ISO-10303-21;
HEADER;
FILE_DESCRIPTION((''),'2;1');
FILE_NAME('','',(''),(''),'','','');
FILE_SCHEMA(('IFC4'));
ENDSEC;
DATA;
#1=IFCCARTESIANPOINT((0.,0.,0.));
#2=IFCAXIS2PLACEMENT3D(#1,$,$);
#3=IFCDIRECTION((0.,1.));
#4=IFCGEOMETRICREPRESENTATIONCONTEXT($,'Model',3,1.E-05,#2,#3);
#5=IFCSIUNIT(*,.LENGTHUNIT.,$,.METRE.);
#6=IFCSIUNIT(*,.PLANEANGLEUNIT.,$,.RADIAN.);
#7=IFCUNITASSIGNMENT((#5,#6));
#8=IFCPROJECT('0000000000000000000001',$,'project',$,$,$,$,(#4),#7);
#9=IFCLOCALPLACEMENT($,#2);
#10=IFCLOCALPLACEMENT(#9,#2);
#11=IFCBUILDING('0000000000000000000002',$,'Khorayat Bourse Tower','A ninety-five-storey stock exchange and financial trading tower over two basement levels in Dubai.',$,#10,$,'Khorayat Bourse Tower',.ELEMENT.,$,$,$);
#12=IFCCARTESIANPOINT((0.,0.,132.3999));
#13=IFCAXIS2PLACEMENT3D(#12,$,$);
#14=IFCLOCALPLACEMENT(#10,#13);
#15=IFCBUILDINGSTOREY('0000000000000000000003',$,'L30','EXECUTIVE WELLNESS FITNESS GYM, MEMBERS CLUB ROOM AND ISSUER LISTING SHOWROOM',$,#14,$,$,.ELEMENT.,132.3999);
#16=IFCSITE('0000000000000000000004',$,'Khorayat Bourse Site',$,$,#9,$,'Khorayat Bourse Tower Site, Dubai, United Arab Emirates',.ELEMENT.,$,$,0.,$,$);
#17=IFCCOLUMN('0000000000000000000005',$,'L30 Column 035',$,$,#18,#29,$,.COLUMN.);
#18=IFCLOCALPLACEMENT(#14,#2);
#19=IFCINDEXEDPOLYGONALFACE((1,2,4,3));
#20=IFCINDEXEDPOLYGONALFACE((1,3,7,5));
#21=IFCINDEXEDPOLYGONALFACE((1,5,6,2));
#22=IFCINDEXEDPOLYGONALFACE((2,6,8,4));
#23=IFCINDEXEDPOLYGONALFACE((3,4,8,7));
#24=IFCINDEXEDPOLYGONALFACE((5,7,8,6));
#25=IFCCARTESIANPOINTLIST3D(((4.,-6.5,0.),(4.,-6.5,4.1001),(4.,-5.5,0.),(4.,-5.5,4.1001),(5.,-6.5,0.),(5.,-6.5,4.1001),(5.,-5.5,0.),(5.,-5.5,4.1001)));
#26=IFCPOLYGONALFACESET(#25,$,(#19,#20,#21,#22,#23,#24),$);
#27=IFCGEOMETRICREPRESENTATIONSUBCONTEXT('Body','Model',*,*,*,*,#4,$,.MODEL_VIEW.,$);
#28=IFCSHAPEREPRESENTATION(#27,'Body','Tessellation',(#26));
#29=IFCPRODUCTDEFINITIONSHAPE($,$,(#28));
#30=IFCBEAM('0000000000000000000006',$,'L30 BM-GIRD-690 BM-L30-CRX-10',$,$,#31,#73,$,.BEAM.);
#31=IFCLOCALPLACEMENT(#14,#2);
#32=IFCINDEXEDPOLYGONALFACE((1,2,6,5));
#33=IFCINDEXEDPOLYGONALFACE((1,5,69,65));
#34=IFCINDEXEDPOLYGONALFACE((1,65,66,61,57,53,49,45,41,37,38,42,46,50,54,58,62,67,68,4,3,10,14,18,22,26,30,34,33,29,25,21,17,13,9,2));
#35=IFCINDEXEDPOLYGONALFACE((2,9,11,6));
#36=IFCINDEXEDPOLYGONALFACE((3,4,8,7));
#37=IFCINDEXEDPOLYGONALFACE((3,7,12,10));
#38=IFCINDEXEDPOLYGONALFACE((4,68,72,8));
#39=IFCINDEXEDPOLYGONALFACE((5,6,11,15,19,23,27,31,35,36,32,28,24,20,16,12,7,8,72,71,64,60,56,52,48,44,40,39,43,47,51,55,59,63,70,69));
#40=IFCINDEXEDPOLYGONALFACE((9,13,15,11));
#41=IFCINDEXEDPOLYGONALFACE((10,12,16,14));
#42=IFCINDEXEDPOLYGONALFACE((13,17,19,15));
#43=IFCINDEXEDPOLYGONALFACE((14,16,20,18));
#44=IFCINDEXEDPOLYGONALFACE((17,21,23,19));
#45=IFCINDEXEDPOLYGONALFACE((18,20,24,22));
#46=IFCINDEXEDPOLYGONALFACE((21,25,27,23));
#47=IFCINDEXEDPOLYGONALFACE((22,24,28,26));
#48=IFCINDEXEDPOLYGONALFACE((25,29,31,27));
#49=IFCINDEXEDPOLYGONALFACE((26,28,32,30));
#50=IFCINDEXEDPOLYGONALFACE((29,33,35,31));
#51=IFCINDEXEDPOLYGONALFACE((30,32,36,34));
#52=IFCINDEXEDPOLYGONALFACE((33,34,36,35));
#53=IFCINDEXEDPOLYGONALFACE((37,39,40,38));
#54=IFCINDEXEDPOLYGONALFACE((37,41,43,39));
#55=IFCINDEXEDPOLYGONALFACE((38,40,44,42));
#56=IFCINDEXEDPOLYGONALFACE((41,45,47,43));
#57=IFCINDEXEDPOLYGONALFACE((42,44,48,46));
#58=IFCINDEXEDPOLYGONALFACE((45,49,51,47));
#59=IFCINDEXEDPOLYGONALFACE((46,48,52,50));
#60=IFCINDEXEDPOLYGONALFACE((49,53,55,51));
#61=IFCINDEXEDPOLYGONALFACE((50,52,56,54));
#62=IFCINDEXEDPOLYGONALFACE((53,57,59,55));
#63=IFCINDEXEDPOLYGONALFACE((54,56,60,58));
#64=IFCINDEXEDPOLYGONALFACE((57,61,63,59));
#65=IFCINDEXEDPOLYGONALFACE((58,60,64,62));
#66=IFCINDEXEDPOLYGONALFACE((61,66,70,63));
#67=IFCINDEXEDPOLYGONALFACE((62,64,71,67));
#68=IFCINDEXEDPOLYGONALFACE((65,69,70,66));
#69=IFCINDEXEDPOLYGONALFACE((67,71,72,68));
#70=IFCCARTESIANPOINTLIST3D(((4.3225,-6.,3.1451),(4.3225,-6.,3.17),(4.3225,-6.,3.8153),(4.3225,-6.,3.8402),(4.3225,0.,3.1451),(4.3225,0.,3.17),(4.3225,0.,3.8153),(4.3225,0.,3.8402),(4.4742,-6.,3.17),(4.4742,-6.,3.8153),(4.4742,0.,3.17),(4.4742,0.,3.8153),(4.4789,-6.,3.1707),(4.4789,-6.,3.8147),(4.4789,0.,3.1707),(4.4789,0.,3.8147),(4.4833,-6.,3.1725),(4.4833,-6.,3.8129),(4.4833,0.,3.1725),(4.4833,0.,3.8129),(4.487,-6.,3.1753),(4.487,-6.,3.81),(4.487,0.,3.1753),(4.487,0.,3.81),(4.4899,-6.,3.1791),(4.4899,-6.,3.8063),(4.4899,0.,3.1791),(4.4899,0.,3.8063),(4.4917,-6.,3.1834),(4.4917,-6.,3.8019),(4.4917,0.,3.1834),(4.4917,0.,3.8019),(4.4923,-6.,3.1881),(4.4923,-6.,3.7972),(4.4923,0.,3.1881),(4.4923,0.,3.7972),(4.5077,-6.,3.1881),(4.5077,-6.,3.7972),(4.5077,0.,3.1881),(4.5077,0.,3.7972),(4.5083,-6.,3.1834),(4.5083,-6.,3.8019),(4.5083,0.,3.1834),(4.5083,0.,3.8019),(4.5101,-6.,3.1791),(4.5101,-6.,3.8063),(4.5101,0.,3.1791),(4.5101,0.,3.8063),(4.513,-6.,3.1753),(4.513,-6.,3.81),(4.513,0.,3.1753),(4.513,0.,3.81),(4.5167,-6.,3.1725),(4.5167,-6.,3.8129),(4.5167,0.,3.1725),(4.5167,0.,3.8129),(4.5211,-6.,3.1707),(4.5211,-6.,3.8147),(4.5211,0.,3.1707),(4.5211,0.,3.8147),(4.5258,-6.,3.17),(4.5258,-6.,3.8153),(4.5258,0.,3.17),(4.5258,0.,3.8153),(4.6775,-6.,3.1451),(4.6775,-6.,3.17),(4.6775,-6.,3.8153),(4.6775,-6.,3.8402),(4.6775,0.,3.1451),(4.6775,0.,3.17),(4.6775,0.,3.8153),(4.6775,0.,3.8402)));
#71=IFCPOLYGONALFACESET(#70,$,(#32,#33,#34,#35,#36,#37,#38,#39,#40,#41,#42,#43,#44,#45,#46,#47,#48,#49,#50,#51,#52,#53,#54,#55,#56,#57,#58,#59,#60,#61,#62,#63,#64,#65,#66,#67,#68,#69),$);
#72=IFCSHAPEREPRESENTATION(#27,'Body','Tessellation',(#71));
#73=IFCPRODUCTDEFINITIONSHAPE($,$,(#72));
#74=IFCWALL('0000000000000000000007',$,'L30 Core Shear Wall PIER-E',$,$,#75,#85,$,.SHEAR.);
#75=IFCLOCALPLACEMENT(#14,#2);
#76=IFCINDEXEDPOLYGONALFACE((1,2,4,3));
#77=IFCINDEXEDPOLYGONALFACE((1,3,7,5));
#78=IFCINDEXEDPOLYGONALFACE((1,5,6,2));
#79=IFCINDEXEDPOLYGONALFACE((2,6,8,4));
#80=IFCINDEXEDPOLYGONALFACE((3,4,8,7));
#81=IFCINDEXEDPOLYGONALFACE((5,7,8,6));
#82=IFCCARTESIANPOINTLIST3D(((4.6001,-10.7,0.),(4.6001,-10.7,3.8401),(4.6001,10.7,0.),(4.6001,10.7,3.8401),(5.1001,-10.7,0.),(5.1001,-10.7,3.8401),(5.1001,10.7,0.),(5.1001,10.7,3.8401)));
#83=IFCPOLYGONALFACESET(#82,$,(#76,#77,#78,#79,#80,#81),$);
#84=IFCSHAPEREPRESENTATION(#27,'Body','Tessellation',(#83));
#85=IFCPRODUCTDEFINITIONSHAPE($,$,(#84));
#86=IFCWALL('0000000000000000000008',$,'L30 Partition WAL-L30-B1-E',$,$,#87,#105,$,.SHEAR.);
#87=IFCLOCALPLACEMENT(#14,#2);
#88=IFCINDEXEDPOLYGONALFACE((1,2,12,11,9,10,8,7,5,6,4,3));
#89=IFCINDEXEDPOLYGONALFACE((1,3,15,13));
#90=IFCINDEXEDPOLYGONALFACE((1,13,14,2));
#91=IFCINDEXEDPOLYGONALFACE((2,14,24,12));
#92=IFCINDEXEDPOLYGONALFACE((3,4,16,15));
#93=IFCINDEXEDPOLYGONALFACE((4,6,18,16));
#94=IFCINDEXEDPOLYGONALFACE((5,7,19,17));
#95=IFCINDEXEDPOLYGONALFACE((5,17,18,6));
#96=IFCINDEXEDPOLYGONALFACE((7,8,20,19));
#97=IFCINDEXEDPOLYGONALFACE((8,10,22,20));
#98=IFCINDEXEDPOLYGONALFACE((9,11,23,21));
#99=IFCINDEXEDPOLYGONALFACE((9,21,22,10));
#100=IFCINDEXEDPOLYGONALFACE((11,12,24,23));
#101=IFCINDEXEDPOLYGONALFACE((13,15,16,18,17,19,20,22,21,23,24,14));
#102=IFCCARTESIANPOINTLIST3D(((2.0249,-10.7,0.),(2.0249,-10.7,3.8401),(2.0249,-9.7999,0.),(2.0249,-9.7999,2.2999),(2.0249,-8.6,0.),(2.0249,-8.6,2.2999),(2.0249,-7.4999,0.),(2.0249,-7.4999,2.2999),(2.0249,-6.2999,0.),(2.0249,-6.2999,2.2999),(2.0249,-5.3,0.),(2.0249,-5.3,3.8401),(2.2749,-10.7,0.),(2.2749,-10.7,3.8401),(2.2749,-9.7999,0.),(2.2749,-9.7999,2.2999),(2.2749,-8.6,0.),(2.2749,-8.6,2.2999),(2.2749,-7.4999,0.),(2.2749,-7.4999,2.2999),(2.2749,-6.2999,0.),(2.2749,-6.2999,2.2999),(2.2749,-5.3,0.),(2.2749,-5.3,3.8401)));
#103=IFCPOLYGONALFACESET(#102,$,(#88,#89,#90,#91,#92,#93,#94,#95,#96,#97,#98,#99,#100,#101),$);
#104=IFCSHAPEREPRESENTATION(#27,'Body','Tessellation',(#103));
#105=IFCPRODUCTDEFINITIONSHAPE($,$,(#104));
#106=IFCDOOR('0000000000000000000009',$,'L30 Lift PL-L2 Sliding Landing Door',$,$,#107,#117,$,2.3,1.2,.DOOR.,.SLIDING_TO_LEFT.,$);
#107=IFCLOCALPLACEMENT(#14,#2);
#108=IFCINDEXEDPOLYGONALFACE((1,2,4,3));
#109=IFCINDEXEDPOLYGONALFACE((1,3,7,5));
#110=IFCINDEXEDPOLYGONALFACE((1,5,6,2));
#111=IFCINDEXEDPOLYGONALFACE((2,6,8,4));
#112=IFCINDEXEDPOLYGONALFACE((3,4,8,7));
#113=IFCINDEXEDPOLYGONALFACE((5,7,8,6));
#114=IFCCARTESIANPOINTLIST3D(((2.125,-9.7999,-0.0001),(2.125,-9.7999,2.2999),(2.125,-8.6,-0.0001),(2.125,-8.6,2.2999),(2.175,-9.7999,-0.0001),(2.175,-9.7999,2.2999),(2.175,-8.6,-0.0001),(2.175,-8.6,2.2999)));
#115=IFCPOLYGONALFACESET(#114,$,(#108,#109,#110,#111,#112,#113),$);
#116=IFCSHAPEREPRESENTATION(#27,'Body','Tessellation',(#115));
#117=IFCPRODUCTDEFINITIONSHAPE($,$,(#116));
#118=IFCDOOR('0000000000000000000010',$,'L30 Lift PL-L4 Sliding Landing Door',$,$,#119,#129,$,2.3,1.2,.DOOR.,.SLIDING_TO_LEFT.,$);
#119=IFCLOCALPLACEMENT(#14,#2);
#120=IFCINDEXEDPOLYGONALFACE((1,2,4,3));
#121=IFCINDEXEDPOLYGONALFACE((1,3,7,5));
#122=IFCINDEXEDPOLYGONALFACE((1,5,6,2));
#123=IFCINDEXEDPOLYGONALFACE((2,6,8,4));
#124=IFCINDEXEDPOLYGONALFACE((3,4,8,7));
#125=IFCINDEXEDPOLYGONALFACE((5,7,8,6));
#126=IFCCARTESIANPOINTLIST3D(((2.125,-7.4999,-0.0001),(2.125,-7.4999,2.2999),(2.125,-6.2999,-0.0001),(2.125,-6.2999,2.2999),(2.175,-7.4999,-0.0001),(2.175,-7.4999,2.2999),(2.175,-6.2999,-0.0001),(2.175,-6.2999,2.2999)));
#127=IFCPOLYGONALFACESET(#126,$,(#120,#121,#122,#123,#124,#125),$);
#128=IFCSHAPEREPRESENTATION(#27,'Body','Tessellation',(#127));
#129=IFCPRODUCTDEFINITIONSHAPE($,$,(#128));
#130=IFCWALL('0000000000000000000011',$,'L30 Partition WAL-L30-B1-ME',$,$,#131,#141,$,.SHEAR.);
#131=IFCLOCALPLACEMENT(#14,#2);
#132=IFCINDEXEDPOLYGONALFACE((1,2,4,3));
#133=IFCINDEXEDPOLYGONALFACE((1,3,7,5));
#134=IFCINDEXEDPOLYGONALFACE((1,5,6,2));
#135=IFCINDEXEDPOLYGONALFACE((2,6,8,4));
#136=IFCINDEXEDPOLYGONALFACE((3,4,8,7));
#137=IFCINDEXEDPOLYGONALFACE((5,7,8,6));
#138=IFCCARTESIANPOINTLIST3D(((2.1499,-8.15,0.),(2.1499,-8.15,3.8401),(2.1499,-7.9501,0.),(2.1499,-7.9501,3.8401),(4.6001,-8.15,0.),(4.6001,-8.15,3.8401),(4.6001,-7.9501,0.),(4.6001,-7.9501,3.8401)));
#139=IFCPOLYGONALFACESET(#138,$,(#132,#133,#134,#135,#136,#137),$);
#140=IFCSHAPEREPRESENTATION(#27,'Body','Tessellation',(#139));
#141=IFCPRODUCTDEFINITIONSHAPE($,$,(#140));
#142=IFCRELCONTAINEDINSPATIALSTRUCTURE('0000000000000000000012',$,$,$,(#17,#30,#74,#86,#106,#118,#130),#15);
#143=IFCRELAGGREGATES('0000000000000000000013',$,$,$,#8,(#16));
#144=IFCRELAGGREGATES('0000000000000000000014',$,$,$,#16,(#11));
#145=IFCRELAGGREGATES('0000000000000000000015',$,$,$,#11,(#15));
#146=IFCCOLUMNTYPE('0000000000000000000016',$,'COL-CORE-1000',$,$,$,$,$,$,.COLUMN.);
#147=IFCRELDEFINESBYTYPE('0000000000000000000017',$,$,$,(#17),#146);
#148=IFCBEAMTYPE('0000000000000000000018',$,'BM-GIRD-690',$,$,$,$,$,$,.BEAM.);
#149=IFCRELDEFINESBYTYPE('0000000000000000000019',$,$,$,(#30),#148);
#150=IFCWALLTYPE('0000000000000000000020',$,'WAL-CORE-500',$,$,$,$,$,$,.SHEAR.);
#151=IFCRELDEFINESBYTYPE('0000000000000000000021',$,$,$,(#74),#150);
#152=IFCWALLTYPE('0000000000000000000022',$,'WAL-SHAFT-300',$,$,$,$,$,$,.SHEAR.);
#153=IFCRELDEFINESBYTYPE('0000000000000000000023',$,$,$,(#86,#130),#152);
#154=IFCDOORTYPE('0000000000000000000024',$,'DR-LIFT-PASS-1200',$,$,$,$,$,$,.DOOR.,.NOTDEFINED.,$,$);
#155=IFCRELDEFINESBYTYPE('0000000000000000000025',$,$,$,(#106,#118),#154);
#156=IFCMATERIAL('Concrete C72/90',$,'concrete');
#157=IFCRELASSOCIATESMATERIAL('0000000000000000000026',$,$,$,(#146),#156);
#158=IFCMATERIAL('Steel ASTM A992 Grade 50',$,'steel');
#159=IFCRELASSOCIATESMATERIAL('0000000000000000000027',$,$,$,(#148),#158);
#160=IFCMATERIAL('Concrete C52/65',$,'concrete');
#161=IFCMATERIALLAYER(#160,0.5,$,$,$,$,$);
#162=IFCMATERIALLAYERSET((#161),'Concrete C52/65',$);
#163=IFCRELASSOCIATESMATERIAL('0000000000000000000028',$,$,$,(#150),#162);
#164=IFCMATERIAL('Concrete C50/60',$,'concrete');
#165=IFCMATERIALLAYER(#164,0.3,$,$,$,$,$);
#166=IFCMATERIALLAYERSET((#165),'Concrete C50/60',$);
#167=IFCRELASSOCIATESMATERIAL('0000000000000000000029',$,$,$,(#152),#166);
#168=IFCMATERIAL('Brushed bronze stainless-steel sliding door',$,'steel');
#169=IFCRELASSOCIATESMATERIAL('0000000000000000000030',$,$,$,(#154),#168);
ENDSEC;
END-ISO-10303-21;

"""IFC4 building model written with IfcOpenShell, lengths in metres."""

from ifc_helpers import new_model, si_unit, direction, frame, frame_2d, origin, origin_2d, place, context, subcontext, project, spatial, rectangle, i_section, extrude, source, transform, mapped, material, layer, layer_set, material_profile, profile_set, type_object, element, fill, save


model = new_model("IFC4")

# Units and contexts
model_context = context("Model", 3, precision=1e-05, world=origin(), true_north=direction((0.0, 1.0)))
body_context = subcontext(model_context, "Body", "Model", "MODEL_VIEW")
ifc_project = project(units=[si_unit("LENGTHUNIT", "METRE"), si_unit("PLANEANGLEUNIT", "RADIAN")], contexts=[model_context])

# Site, building, storey
site_placement = place(None, origin())
site = spatial("IfcSite", under=ifc_project, at=site_placement, Name="Khorayat Bourse Site", LongName="Khorayat Bourse Tower Site, Dubai, United Arab Emirates", CompositionType="ELEMENT", RefElevation=0.0)
building_placement = place(site_placement, origin())
building = spatial("IfcBuilding", under=site, at=building_placement, Name="Khorayat Bourse Tower", Description="A ninety-five-storey stock exchange and financial trading tower over two basement levels in Dubai.", LongName="Khorayat Bourse Tower", CompositionType="ELEMENT")
storey_placement = place(building_placement, frame((0.0, 0.0, 132.3999)))
storey = spatial("IfcBuildingStorey", under=building, at=storey_placement, Name="L30", Description="EXECUTIVE WELLNESS FITNESS GYM, MEMBERS CLUB ROOM AND ISSUER LISTING SHOWROOM", CompositionType="ELEMENT", Elevation=132.3999)

# Column
ifc_material_1 = material(Name="Concrete C72/90", Category="concrete")
ifc_material_profile_1 = material_profile(ifc_material_1, rectangle(XDim=1.0, YDim=1.0, at=origin_2d()), Name="RC 1000x1000")
ifc_profile_set_1 = profile_set([ifc_material_profile_1], Name="Concrete C72/90")
column_type = type_object("IfcColumnType", Name="COL-CORE-1000", PredefinedType="COLUMN", material=ifc_profile_set_1)
shared_shape_1 = source(origin(), body_context, "Body", "SweptSolid", [
    extrude(rectangle(XDim=1.0, YDim=1.0, at=origin_2d()), origin(), (0.0, 0.0, 1.0), 4.1001),
])
column_placement = place(storey_placement, frame((4.5, -6.0, 0.0), z_axis=(0.0, 0.0, 1.0), x_axis=(1.0, 0.0, 0.0)))
element("IfcColumn", 1, at=column_placement, inside=storey, type_object=column_type, Name="L30 Column 035", PredefinedType="COLUMN", context=body_context, shape_type="MappedRepresentation", body=[
    mapped(shared_shape_1, transform((0.0, 0.0, 0.0), scale=1.0)),
])

# Beam
ifc_material_2 = material(Name="Steel ASTM A992 Grade 50", Category="steel")
ifc_material_profile_2 = material_profile(ifc_material_2, i_section(OverallWidth=0.355, OverallDepth=0.6951, WebThickness=0.0154, FlangeThickness=0.0249, FilletRadius=0.0181, at=origin_2d()), Name="W690X217")
ifc_profile_set_2 = profile_set([ifc_material_profile_2], Name="Steel ASTM A992 Grade 50")
beam_type = type_object("IfcBeamType", Name="BM-GIRD-690", PredefinedType="BEAM", material=ifc_profile_set_2)
shared_shape_2 = source(origin(), body_context, "Body", "SweptSolid", [
    extrude(i_section(OverallWidth=0.355, OverallDepth=0.6951, WebThickness=0.0154, FlangeThickness=0.0249, FilletRadius=0.0181, at=origin_2d()), origin(), (0.0, 0.0, 1.0), 6.0),
])
beam_placement = place(storey_placement, frame((4.5, -6.0, 3.4927), z_axis=(0.0, 1.0, 0.0), x_axis=(-1.0, 0.0, 0.0)))
element("IfcBeam", 2, at=beam_placement, inside=storey, type_object=beam_type, Name="L30 BM-GIRD-690 BM-L30-CRX-10", PredefinedType="BEAM", context=body_context, shape_type="MappedRepresentation", body=[
    mapped(shared_shape_2, transform((0.0, 0.0, 0.0), scale=1.0)),
])

# Wall
ifc_material_3 = material(Name="Concrete C52/65", Category="concrete")
ifc_layer_1 = layer(ifc_material_3, 0.5)
ifc_layer_set_1 = layer_set([ifc_layer_1], Name="Concrete C52/65")
wall_type_1 = type_object("IfcWallType", Name="WAL-CORE-500", PredefinedType="SHEAR", material=ifc_layer_set_1)
shared_shape_3 = source(origin(), body_context, "Body", "SweptSolid", [
    extrude(rectangle(XDim=21.3999, YDim=0.5, at=frame_2d((10.7, 0.0))), origin(), (0.0, 0.0, 1.0), 3.8401),
])
wall_1_placement = place(storey_placement, frame((4.8501, -10.7, 0.0), z_axis=(0.0, 0.0, 1.0), x_axis=(0.0, 1.0, 0.0)))
element("IfcWall", 3, at=wall_1_placement, inside=storey, type_object=wall_type_1, Name="L30 Core Shear Wall PIER-E", PredefinedType="SHEAR", context=body_context, shape_type="MappedRepresentation", body=[
    mapped(shared_shape_3, transform((0.0, 0.0, 0.0), scale=1.0)),
])

# Wall, openings, doors
ifc_material_4 = material(Name="Concrete C50/60", Category="concrete")
ifc_layer_2 = layer(ifc_material_4, 0.3)
ifc_layer_set_2 = layer_set([ifc_layer_2], Name="Concrete C50/60")
wall_type_2 = type_object("IfcWallType", Name="WAL-SHAFT-300", PredefinedType="SHEAR", material=ifc_layer_set_2)
shared_shape_4 = source(origin(), body_context, "Body", "SweptSolid", [
    extrude(rectangle(XDim=5.3999, YDim=0.25, at=frame_2d((2.7, 0.0))), origin(), (0.0, 0.0, 1.0), 3.8401),
])
wall_2_placement = place(storey_placement, frame((2.1499, -10.7, 0.0), z_axis=(0.0, 0.0, 1.0), x_axis=(0.0, 1.0, 0.0)))
wall_2 = element("IfcWall", 4, at=wall_2_placement, inside=storey, type_object=wall_type_2, Name="L30 Partition WAL-L30-B1-E", PredefinedType="SHEAR", context=body_context, shape_type="MappedRepresentation", body=[
    mapped(shared_shape_4, transform((0.0, 0.0, 0.0), scale=1.0)),
])
shared_shape_5 = source(origin(), body_context, "Body", "SweptSolid", [
    extrude(rectangle(XDim=1.2, YDim=2.3, at=frame_2d((0.6001, 1.1499))), frame((0.0, 0.135, 0.0), z_axis=(0.0, -1.0, 0.0), x_axis=(1.0, 0.0, 0.0)), (0.0, 0.0, 1.0), 0.27),
])
opening_1_placement = place(wall_2_placement, frame((0.8999, 0.0, 0.0)))
opening_1 = element("IfcOpeningElement", 5, at=opening_1_placement, cuts=wall_2, PredefinedType="OPENING", context=body_context, shape_type="MappedRepresentation", body=[
    mapped(shared_shape_5, transform((0.0, 0.0, 0.0), scale=1.0)),
])
opening_2_placement = place(wall_2_placement, frame((3.2, 0.0, 0.0)))
opening_2 = element("IfcOpeningElement", 6, at=opening_2_placement, cuts=wall_2, PredefinedType="OPENING", context=body_context, shape_type="MappedRepresentation", body=[
    mapped(shared_shape_5, transform((0.0, 0.0, 0.0), scale=1.0)),
])
ifc_material_5 = material(Name="Brushed bronze stainless-steel sliding door", Category="steel")
door_type_1 = type_object("IfcDoorType", Name="DR-LIFT-PASS-1200", OperationType="NOTDEFINED", PredefinedType="DOOR", material=ifc_material_5)
shared_shape_6 = source(origin(), body_context, "Body", "SweptSolid", [
    extrude(rectangle(XDim=1.2, YDim=2.3, at=frame_2d((0.6001, 1.1499))), frame((0.0, 0.0249, 0.0), z_axis=(0.0, -1.0, 0.0), x_axis=(1.0, 0.0, 0.0)), (0.0, 0.0, 1.0), 0.05),
])
door_1_placement = place(opening_1_placement, origin())
door_1 = element("IfcDoor", 7, at=door_1_placement, inside=storey, type_object=door_type_1, Name="L30 Lift PL-L2 Sliding Landing Door", OperationType="SLIDING_TO_LEFT", OverallHeight=2.3, OverallWidth=1.2, PredefinedType="DOOR", context=body_context, shape_type="MappedRepresentation", body=[
    mapped(shared_shape_6, transform((0.0, 0.0, 0.0), scale=1.0)),
])
fill(opening_1, door_1)
door_2_placement = place(opening_2_placement, origin())
door_2 = element("IfcDoor", 8, at=door_2_placement, inside=storey, type_object=door_type_1, Name="L30 Lift PL-L4 Sliding Landing Door", OperationType="SLIDING_TO_LEFT", OverallHeight=2.3, OverallWidth=1.2, PredefinedType="DOOR", context=body_context, shape_type="MappedRepresentation", body=[
    mapped(shared_shape_6, transform((0.0, 0.0, 0.0), scale=1.0)),
])
fill(opening_2, door_2)

# Wall
shared_shape_7 = source(origin(), body_context, "Body", "SweptSolid", [
    extrude(rectangle(XDim=2.4502, YDim=0.2, at=frame_2d((1.2251, 0.0))), origin(), (0.0, 0.0, 1.0), 3.8401),
])
wall_3_placement = place(storey_placement, frame((2.1499, -8.05, 0.0), z_axis=(0.0, 0.0, 1.0), x_axis=(1.0, 0.0, 0.0)))
element("IfcWall", 9, at=wall_3_placement, inside=storey, type_object=wall_type_2, Name="L30 Partition WAL-L30-B1-ME", PredefinedType="SHEAR", context=body_context, shape_type="MappedRepresentation", body=[
    mapped(shared_shape_7, transform((0.0, 0.0, 0.0), scale=1.0)),
])

save(model, "model.ifc")
